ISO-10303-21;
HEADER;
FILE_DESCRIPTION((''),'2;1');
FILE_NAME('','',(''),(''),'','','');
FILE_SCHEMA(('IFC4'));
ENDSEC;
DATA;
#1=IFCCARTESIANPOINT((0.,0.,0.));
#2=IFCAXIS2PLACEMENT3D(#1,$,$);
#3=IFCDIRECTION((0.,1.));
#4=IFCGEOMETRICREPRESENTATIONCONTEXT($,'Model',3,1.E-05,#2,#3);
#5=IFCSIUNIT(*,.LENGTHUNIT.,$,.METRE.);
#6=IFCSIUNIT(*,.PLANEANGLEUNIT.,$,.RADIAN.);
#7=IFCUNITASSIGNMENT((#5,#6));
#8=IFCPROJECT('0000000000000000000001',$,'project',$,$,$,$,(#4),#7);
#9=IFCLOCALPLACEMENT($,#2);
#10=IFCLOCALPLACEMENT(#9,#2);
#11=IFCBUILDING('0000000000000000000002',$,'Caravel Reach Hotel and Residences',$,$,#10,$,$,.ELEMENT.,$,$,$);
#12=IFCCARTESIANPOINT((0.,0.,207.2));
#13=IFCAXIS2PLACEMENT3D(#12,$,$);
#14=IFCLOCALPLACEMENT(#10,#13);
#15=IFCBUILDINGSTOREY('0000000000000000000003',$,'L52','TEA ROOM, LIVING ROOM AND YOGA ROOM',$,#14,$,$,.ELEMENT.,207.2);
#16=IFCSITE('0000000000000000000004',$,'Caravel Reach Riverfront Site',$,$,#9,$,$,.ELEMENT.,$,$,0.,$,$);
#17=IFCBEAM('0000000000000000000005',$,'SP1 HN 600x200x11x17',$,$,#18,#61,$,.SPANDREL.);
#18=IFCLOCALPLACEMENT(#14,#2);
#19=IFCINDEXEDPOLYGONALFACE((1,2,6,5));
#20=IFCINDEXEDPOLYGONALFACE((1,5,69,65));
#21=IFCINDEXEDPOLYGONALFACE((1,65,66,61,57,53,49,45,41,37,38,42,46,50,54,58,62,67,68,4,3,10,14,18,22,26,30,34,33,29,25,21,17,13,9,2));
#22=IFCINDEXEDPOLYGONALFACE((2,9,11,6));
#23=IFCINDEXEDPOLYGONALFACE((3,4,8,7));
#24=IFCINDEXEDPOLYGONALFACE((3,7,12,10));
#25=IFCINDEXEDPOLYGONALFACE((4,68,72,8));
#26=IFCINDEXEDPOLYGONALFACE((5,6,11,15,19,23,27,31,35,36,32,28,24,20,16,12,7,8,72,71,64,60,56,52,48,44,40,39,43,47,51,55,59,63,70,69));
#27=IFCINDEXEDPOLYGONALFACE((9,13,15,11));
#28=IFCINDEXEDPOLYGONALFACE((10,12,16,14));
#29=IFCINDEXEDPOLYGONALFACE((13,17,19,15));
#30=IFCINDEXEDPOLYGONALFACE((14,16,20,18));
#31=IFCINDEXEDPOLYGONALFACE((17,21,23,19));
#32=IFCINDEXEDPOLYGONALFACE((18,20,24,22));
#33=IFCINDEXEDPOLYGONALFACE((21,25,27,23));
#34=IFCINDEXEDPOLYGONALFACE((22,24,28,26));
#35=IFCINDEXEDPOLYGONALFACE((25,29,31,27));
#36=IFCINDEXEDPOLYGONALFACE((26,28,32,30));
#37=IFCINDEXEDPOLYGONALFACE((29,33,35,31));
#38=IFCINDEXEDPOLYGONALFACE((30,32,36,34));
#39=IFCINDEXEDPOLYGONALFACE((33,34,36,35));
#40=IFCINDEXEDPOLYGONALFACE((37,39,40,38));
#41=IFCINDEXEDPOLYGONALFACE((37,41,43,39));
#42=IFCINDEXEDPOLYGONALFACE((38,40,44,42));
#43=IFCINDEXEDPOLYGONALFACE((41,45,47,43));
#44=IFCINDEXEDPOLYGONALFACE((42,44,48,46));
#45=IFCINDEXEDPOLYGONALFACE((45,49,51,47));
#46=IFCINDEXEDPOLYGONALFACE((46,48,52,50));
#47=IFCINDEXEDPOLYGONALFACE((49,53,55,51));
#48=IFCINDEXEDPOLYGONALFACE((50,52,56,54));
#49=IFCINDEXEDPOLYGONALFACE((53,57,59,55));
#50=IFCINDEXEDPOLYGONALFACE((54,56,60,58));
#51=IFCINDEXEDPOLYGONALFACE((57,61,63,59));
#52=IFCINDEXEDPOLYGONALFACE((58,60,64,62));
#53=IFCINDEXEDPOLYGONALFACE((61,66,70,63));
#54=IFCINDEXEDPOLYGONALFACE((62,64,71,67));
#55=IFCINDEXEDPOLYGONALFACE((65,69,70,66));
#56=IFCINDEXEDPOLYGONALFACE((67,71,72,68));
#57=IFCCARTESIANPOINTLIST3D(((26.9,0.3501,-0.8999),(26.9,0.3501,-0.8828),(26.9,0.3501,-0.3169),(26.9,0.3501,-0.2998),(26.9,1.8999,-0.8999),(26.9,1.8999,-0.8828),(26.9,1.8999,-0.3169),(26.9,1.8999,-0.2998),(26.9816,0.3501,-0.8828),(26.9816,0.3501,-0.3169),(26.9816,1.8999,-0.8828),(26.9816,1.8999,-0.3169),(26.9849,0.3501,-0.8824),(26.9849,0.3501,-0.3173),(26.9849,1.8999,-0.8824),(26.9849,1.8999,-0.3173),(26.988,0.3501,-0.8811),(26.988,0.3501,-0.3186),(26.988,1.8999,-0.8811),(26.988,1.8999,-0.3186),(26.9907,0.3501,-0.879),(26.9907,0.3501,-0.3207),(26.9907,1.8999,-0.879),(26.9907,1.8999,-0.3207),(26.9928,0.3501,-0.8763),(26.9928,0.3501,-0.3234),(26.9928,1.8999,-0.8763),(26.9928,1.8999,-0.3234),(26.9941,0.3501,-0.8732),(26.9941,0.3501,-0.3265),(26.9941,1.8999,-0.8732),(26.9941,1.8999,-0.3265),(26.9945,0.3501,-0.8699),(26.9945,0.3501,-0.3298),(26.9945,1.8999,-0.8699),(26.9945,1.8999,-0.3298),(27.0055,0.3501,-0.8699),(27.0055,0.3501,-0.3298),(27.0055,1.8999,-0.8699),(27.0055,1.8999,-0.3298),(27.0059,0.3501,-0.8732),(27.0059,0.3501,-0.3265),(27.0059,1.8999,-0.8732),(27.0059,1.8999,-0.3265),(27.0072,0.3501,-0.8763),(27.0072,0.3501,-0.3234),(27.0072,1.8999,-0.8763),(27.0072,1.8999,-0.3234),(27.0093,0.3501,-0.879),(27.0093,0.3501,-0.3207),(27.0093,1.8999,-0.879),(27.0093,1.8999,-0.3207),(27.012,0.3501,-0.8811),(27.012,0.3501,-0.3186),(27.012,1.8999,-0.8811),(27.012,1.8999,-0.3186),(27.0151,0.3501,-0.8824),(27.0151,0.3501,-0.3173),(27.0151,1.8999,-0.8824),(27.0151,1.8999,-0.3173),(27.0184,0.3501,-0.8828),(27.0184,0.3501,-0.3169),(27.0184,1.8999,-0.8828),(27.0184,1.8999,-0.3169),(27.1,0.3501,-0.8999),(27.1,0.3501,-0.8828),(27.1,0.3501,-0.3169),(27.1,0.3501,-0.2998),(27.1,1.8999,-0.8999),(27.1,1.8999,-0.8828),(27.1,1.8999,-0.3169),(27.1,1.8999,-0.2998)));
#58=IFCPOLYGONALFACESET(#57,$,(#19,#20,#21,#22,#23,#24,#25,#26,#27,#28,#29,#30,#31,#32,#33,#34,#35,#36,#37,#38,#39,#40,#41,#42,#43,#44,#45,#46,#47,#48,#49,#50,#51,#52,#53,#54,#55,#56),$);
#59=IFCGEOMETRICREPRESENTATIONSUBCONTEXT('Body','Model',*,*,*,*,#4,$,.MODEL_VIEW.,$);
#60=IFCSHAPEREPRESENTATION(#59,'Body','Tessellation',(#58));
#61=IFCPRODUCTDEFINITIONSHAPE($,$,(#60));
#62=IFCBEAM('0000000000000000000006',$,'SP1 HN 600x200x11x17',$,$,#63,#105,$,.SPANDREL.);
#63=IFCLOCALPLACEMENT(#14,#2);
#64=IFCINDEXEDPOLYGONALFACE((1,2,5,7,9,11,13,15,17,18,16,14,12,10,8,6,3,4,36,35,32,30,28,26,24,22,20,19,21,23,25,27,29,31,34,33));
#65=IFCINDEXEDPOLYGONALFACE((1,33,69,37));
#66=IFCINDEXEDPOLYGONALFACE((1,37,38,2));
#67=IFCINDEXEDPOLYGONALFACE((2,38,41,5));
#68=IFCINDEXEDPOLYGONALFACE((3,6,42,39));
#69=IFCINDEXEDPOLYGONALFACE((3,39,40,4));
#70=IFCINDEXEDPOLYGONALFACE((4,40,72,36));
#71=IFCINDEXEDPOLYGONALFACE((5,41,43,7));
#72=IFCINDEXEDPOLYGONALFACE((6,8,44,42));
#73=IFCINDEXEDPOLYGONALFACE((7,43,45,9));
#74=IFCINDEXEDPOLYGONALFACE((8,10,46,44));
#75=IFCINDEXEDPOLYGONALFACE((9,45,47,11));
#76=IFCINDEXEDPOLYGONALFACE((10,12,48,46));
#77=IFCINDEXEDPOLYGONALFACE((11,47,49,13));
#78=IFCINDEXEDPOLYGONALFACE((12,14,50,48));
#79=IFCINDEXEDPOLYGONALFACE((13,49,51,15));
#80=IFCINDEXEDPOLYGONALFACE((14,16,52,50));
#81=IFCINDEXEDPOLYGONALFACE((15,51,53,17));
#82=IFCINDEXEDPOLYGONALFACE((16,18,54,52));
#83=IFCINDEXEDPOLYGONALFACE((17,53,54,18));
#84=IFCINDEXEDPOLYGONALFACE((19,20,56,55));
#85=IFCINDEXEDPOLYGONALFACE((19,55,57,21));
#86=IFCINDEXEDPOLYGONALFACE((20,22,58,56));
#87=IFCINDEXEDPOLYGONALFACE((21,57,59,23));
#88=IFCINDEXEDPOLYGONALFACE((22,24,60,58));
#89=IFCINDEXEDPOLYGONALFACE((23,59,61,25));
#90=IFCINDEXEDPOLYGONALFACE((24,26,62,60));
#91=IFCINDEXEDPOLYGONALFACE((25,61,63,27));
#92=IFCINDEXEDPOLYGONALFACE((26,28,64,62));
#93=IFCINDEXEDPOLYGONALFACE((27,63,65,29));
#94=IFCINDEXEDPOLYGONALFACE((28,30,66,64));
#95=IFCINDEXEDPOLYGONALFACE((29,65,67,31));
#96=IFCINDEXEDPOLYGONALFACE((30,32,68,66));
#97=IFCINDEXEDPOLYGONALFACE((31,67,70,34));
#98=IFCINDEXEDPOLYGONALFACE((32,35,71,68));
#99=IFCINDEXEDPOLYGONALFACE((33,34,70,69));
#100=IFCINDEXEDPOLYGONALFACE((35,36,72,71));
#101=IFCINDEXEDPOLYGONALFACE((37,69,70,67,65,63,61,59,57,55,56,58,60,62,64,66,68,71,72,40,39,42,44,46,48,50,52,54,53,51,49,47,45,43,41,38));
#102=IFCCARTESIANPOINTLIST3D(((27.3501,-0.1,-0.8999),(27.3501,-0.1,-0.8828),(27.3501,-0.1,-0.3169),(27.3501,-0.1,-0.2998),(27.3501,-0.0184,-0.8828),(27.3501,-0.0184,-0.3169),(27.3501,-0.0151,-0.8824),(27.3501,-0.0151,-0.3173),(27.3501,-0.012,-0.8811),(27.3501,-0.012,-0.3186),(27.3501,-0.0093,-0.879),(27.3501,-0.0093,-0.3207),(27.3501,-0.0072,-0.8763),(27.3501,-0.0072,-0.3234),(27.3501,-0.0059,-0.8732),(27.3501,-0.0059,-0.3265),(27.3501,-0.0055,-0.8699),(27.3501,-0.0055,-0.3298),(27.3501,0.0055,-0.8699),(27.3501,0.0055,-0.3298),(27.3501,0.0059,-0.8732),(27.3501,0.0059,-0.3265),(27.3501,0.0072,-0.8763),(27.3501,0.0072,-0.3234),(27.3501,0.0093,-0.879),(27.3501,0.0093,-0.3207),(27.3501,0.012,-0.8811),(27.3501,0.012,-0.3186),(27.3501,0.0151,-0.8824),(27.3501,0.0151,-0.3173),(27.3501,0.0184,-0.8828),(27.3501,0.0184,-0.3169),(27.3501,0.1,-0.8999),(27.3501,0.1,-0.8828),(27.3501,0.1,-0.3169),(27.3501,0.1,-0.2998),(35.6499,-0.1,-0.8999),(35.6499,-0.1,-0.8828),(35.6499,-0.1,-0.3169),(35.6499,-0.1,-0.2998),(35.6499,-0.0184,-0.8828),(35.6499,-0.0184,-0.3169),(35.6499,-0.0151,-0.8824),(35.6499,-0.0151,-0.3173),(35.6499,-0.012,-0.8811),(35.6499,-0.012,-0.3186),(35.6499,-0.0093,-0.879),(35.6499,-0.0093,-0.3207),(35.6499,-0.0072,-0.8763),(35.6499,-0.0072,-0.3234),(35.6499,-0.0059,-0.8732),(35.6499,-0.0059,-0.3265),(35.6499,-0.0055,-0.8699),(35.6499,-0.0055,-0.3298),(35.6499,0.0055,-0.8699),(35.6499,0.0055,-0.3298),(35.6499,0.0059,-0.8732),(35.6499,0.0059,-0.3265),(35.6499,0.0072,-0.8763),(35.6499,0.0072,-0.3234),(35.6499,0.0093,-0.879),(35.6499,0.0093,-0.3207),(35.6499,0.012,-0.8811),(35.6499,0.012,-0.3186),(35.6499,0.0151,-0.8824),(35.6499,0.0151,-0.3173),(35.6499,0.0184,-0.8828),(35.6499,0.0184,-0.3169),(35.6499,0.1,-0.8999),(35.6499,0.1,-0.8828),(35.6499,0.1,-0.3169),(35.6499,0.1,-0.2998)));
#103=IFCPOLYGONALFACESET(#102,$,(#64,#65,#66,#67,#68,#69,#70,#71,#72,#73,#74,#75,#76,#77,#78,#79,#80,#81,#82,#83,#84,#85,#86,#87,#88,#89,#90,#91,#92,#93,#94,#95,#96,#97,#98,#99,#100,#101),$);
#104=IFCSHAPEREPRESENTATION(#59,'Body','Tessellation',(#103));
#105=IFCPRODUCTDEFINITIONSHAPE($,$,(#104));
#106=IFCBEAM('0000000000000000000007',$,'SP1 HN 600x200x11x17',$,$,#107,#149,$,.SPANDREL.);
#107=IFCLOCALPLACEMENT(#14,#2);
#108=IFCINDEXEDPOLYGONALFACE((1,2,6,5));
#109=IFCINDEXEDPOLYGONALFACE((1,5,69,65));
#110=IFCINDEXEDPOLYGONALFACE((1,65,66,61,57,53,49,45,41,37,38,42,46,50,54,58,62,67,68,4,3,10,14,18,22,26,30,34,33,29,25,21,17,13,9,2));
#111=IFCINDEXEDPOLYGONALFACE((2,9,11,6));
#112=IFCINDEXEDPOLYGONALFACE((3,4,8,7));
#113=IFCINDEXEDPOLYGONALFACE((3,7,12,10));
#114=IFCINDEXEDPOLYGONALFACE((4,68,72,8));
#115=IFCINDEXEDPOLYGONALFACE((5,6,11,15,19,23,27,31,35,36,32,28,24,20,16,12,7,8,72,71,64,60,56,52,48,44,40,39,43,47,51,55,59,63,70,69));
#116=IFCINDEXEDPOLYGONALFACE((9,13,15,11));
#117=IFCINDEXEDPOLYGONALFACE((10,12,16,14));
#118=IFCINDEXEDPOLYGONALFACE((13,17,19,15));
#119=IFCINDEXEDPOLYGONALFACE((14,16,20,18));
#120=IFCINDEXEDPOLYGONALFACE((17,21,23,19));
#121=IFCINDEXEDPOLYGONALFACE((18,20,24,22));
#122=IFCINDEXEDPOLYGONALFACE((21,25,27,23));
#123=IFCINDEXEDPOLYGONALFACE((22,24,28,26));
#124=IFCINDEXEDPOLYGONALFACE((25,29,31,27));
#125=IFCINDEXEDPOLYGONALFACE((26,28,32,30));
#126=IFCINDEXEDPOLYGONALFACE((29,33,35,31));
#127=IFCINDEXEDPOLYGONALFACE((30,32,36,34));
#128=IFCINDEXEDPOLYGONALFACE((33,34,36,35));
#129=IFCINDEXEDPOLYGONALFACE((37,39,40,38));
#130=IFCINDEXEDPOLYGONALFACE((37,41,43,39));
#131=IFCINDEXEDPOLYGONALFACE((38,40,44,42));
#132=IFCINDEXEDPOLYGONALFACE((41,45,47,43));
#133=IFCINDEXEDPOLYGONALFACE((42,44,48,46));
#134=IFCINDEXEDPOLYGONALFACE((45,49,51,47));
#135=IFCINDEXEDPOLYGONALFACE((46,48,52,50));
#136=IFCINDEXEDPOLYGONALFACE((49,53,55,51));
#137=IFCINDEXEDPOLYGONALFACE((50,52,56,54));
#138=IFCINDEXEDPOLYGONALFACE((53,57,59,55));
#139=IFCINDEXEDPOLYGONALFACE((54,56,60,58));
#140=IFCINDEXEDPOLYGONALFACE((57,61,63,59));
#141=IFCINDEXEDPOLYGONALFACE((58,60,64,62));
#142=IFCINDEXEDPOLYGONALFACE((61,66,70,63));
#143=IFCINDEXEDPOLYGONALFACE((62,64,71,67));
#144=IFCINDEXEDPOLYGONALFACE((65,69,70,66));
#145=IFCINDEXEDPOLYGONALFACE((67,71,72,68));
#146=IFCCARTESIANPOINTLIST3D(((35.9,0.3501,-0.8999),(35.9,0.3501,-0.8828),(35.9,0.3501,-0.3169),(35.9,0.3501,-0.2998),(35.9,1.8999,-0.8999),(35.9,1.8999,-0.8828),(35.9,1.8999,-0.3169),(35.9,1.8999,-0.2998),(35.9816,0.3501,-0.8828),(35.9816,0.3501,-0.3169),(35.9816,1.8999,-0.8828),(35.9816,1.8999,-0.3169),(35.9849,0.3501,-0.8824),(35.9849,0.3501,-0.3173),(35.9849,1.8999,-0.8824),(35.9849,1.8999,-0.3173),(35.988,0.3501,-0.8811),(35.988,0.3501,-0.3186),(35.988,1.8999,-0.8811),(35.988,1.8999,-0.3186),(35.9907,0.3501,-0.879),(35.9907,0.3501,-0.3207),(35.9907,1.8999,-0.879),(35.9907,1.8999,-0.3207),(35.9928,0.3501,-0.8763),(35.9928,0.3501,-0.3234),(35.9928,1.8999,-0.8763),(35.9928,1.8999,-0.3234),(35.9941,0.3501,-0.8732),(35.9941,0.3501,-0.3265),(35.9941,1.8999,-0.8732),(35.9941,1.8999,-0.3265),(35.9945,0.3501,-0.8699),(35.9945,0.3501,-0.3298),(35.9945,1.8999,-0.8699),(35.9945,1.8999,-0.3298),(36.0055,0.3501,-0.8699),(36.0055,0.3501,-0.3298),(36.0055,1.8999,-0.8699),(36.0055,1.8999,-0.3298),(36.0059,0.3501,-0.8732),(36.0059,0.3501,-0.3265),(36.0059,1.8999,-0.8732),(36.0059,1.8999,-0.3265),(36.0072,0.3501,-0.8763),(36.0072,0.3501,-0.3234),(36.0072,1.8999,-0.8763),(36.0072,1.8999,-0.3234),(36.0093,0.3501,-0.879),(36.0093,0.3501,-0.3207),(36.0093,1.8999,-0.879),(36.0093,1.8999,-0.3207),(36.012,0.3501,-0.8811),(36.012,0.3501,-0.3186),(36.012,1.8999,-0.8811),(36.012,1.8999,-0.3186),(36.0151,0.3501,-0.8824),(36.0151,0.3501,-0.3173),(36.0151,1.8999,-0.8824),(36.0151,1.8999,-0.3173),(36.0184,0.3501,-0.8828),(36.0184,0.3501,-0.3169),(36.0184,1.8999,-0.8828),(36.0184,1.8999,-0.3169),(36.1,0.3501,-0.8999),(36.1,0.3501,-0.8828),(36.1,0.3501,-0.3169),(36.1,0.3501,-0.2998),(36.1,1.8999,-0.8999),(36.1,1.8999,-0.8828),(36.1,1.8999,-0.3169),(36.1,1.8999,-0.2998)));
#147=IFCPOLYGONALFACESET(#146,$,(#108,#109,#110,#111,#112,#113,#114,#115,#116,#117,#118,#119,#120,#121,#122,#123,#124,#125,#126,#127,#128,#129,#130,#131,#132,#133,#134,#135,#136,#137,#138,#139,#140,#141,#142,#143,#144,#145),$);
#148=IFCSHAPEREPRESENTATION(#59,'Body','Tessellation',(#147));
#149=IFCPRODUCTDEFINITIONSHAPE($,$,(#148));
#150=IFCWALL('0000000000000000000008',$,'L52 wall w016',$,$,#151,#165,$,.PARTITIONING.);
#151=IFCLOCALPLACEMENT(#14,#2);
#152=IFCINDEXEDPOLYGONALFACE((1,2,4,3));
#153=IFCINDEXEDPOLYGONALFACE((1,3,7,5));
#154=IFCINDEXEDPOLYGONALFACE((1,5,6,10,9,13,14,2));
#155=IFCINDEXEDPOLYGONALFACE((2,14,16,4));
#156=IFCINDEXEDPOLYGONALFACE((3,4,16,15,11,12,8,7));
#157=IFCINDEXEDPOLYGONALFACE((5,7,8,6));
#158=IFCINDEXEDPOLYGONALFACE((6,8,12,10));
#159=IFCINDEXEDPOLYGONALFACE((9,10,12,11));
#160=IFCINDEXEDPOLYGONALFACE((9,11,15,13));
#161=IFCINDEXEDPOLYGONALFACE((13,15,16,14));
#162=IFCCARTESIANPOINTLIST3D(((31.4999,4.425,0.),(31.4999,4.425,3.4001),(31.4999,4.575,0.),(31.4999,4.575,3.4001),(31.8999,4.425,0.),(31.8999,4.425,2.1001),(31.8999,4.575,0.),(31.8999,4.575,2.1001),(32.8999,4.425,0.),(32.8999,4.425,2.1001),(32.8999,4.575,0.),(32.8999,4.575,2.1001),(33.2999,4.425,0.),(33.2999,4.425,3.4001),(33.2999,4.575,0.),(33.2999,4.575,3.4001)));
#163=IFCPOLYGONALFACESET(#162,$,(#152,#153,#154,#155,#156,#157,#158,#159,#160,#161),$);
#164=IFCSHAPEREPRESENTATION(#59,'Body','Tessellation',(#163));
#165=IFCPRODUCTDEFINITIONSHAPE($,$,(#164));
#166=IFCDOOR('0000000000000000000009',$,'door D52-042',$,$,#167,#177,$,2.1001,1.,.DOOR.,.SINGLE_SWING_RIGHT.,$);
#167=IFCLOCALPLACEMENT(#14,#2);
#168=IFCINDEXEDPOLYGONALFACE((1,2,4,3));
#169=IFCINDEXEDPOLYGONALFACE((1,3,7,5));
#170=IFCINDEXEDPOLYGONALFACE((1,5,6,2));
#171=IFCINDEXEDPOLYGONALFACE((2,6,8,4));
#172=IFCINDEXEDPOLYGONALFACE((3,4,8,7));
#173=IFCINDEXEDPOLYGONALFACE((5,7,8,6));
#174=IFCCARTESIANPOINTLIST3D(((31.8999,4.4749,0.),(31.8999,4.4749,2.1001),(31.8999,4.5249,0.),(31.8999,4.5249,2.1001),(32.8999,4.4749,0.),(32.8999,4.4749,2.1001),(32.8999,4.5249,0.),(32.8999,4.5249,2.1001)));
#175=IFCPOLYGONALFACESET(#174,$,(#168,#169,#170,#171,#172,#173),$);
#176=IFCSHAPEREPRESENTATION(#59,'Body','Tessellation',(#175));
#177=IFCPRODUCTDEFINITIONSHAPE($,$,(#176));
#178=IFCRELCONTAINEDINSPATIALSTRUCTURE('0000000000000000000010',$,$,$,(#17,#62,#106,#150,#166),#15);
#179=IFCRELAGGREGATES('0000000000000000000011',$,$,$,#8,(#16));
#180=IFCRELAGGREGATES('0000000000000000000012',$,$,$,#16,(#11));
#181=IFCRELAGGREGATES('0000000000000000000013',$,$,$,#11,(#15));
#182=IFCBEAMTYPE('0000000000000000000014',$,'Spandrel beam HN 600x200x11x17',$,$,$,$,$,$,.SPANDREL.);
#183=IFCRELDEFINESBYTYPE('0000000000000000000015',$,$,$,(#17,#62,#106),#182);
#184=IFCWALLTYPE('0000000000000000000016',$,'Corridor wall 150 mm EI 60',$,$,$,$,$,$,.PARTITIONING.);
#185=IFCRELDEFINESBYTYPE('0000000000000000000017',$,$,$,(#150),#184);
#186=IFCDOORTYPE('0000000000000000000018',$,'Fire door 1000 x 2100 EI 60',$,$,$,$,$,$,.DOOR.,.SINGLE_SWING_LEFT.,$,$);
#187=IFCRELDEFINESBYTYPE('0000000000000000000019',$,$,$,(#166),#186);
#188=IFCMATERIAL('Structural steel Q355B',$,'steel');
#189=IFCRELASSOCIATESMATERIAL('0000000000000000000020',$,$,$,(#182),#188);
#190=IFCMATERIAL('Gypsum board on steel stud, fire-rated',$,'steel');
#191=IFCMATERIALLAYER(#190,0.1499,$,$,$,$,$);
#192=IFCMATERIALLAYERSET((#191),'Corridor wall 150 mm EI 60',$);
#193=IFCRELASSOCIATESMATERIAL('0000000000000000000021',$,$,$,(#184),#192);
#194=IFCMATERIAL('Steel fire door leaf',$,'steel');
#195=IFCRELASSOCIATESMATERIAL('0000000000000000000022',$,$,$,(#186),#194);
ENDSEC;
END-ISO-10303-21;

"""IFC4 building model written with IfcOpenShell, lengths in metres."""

from ifc_helpers import new_model, si_unit, direction, frame, frame_2d, origin, origin_2d, place, context, subcontext, project, spatial, rectangle, i_section, extrude, material, layer, layer_set, material_profile, profile_set, type_object, element, fill, save


model = new_model("IFC4")

# Units and contexts
model_context = context("Model", 3, precision=1e-05, world=origin(), true_north=direction((0.0, 1.0)))
body_context = subcontext(model_context, "Body", "Model", "MODEL_VIEW")
ifc_project = project(units=[si_unit("LENGTHUNIT", "METRE"), si_unit("PLANEANGLEUNIT", "RADIAN")], contexts=[model_context])

# Site, building, storey
site_placement = place(None, origin())
site = spatial("IfcSite", under=ifc_project, at=site_placement, Name="Caravel Reach Riverfront Site", CompositionType="ELEMENT", RefElevation=0.0)
building_placement = place(site_placement, origin())
building = spatial("IfcBuilding", under=site, at=building_placement, Name="Caravel Reach Hotel and Residences", CompositionType="ELEMENT")
storey_placement = place(building_placement, frame((0.0, 0.0, 207.2)))
storey = spatial("IfcBuildingStorey", under=building, at=storey_placement, Name="L52", Description="TEA ROOM, LIVING ROOM AND YOGA ROOM", CompositionType="ELEMENT", Elevation=207.2)

# Beams
ifc_material_1 = material(Name="Structural steel Q355B", Category="steel")
ifc_material_profile_1 = material_profile(ifc_material_1, i_section(OverallWidth=0.2, OverallDepth=0.6001, WebThickness=0.011, FlangeThickness=0.0171, FilletRadius=0.0129, at=origin_2d()), Name="HN 600x200x11x17")
ifc_profile_set_1 = profile_set([ifc_material_profile_1], Name="Structural steel Q355B")
beam_type = type_object("IfcBeamType", Name="Spandrel beam HN 600x200x11x17", PredefinedType="SPANDREL", material=ifc_profile_set_1)
for number, where, z_axis, x_axis, name in (
    (1, (27.0, 1.8999, -0.5999), (0.0, -1.0, 0.0), (1.0, 0.0, 0.0), "SP1 HN 600x200x11x17"),
):
    element("IfcBeam", number, at=place(storey_placement, frame(where, z_axis=z_axis, x_axis=x_axis)), inside=storey, type_object=beam_type, Name=name, PredefinedType="SPANDREL", context=body_context, shape_type="SweptSolid", body=[
        extrude(i_section(OverallWidth=0.2, OverallDepth=0.6001, WebThickness=0.011, FlangeThickness=0.0171, FilletRadius=0.0129, at=origin_2d()), origin(), (0.0, 0.0, 1.0), 1.5498),
    ])
beam_1_placement = place(storey_placement, frame((27.3501, 0.0, -0.5999), z_axis=(1.0, 0.0, 0.0), x_axis=(0.0, 1.0, 0.0)))
element("IfcBeam", 2, at=beam_1_placement, inside=storey, type_object=beam_type, Name="SP1 HN 600x200x11x17", PredefinedType="SPANDREL", context=body_context, shape_type="SweptSolid", body=[
    extrude(i_section(OverallWidth=0.2, OverallDepth=0.6001, WebThickness=0.011, FlangeThickness=0.0171, FilletRadius=0.0129, at=origin_2d()), origin(), (0.0, 0.0, 1.0), 8.2998),
])
beam_2_placement = place(storey_placement, frame((36.0, 0.3501, -0.5999), z_axis=(0.0, 1.0, 0.0), x_axis=(-1.0, 0.0, 0.0)))
element("IfcBeam", 3, at=beam_2_placement, inside=storey, type_object=beam_type, Name="SP1 HN 600x200x11x17", PredefinedType="SPANDREL", context=body_context, shape_type="SweptSolid", body=[
    extrude(i_section(OverallWidth=0.2, OverallDepth=0.6001, WebThickness=0.011, FlangeThickness=0.0171, FilletRadius=0.0129, at=origin_2d()), origin(), (0.0, 0.0, 1.0), 1.5498),
])

# Wall, opening, door
ifc_material_2 = material(Name="Gypsum board on steel stud, fire-rated", Category="steel")
ifc_layer_1 = layer(ifc_material_2, 0.1499)
ifc_layer_set_1 = layer_set([ifc_layer_1], Name="Corridor wall 150 mm EI 60")
wall_type_1 = type_object("IfcWallType", Name="Corridor wall 150 mm EI 60", PredefinedType="PARTITIONING", material=ifc_layer_set_1)
wall_1_placement = place(storey_placement, frame((31.5, 4.5, 0.0), z_axis=(0.0, 0.0, 1.0), x_axis=(1.0, 0.0, 0.0)))
wall_1 = element("IfcWall", 4, at=wall_1_placement, inside=storey, type_object=wall_type_1, Name="L52 wall w016", PredefinedType="PARTITIONING", context=body_context, shape_type="SweptSolid", body=[
    extrude(rectangle(XDim=1.8, YDim=0.1499, at=frame_2d((0.8999, 0.0))), origin(), (0.0, 0.0, 1.0), 3.4001),
])
opening_1_placement = place(wall_1_placement, frame((0.3999, 0.0, 0.0)))
opening_1 = element("IfcOpeningElement", 5, at=opening_1_placement, cuts=wall_1, PredefinedType="OPENING", context=body_context, shape_type="SweptSolid", body=[
    extrude(rectangle(XDim=1.0, YDim=2.1001, at=frame_2d((0.5, 1.05))), frame((0.0, 0.085, 0.0), z_axis=(0.0, -1.0, 0.0), x_axis=(1.0, 0.0, 0.0)), (0.0, 0.0, 1.0), 0.1699),
])
ifc_material_3 = material(Name="Steel fire door leaf", Category="steel")
door_type_1 = type_object("IfcDoorType", Name="Fire door 1000 x 2100 EI 60", OperationType="SINGLE_SWING_LEFT", PredefinedType="DOOR", material=ifc_material_3)
door_1_placement = place(opening_1_placement, origin())
door_1 = element("IfcDoor", 6, at=door_1_placement, inside=storey, type_object=door_type_1, Name="door D52-042", OperationType="SINGLE_SWING_RIGHT", OverallHeight=2.1001, OverallWidth=1.0, PredefinedType="DOOR", context=body_context, shape_type="SweptSolid", body=[
    extrude(rectangle(XDim=1.0, YDim=2.1001, at=frame_2d((0.5, 1.05))), frame((0.0, 0.0249, 0.0), z_axis=(0.0, -1.0, 0.0), x_axis=(1.0, 0.0, 0.0)), (0.0, 0.0, 1.0), 0.05),
])
fill(opening_1, door_1)

save(model, "model.ifc")
